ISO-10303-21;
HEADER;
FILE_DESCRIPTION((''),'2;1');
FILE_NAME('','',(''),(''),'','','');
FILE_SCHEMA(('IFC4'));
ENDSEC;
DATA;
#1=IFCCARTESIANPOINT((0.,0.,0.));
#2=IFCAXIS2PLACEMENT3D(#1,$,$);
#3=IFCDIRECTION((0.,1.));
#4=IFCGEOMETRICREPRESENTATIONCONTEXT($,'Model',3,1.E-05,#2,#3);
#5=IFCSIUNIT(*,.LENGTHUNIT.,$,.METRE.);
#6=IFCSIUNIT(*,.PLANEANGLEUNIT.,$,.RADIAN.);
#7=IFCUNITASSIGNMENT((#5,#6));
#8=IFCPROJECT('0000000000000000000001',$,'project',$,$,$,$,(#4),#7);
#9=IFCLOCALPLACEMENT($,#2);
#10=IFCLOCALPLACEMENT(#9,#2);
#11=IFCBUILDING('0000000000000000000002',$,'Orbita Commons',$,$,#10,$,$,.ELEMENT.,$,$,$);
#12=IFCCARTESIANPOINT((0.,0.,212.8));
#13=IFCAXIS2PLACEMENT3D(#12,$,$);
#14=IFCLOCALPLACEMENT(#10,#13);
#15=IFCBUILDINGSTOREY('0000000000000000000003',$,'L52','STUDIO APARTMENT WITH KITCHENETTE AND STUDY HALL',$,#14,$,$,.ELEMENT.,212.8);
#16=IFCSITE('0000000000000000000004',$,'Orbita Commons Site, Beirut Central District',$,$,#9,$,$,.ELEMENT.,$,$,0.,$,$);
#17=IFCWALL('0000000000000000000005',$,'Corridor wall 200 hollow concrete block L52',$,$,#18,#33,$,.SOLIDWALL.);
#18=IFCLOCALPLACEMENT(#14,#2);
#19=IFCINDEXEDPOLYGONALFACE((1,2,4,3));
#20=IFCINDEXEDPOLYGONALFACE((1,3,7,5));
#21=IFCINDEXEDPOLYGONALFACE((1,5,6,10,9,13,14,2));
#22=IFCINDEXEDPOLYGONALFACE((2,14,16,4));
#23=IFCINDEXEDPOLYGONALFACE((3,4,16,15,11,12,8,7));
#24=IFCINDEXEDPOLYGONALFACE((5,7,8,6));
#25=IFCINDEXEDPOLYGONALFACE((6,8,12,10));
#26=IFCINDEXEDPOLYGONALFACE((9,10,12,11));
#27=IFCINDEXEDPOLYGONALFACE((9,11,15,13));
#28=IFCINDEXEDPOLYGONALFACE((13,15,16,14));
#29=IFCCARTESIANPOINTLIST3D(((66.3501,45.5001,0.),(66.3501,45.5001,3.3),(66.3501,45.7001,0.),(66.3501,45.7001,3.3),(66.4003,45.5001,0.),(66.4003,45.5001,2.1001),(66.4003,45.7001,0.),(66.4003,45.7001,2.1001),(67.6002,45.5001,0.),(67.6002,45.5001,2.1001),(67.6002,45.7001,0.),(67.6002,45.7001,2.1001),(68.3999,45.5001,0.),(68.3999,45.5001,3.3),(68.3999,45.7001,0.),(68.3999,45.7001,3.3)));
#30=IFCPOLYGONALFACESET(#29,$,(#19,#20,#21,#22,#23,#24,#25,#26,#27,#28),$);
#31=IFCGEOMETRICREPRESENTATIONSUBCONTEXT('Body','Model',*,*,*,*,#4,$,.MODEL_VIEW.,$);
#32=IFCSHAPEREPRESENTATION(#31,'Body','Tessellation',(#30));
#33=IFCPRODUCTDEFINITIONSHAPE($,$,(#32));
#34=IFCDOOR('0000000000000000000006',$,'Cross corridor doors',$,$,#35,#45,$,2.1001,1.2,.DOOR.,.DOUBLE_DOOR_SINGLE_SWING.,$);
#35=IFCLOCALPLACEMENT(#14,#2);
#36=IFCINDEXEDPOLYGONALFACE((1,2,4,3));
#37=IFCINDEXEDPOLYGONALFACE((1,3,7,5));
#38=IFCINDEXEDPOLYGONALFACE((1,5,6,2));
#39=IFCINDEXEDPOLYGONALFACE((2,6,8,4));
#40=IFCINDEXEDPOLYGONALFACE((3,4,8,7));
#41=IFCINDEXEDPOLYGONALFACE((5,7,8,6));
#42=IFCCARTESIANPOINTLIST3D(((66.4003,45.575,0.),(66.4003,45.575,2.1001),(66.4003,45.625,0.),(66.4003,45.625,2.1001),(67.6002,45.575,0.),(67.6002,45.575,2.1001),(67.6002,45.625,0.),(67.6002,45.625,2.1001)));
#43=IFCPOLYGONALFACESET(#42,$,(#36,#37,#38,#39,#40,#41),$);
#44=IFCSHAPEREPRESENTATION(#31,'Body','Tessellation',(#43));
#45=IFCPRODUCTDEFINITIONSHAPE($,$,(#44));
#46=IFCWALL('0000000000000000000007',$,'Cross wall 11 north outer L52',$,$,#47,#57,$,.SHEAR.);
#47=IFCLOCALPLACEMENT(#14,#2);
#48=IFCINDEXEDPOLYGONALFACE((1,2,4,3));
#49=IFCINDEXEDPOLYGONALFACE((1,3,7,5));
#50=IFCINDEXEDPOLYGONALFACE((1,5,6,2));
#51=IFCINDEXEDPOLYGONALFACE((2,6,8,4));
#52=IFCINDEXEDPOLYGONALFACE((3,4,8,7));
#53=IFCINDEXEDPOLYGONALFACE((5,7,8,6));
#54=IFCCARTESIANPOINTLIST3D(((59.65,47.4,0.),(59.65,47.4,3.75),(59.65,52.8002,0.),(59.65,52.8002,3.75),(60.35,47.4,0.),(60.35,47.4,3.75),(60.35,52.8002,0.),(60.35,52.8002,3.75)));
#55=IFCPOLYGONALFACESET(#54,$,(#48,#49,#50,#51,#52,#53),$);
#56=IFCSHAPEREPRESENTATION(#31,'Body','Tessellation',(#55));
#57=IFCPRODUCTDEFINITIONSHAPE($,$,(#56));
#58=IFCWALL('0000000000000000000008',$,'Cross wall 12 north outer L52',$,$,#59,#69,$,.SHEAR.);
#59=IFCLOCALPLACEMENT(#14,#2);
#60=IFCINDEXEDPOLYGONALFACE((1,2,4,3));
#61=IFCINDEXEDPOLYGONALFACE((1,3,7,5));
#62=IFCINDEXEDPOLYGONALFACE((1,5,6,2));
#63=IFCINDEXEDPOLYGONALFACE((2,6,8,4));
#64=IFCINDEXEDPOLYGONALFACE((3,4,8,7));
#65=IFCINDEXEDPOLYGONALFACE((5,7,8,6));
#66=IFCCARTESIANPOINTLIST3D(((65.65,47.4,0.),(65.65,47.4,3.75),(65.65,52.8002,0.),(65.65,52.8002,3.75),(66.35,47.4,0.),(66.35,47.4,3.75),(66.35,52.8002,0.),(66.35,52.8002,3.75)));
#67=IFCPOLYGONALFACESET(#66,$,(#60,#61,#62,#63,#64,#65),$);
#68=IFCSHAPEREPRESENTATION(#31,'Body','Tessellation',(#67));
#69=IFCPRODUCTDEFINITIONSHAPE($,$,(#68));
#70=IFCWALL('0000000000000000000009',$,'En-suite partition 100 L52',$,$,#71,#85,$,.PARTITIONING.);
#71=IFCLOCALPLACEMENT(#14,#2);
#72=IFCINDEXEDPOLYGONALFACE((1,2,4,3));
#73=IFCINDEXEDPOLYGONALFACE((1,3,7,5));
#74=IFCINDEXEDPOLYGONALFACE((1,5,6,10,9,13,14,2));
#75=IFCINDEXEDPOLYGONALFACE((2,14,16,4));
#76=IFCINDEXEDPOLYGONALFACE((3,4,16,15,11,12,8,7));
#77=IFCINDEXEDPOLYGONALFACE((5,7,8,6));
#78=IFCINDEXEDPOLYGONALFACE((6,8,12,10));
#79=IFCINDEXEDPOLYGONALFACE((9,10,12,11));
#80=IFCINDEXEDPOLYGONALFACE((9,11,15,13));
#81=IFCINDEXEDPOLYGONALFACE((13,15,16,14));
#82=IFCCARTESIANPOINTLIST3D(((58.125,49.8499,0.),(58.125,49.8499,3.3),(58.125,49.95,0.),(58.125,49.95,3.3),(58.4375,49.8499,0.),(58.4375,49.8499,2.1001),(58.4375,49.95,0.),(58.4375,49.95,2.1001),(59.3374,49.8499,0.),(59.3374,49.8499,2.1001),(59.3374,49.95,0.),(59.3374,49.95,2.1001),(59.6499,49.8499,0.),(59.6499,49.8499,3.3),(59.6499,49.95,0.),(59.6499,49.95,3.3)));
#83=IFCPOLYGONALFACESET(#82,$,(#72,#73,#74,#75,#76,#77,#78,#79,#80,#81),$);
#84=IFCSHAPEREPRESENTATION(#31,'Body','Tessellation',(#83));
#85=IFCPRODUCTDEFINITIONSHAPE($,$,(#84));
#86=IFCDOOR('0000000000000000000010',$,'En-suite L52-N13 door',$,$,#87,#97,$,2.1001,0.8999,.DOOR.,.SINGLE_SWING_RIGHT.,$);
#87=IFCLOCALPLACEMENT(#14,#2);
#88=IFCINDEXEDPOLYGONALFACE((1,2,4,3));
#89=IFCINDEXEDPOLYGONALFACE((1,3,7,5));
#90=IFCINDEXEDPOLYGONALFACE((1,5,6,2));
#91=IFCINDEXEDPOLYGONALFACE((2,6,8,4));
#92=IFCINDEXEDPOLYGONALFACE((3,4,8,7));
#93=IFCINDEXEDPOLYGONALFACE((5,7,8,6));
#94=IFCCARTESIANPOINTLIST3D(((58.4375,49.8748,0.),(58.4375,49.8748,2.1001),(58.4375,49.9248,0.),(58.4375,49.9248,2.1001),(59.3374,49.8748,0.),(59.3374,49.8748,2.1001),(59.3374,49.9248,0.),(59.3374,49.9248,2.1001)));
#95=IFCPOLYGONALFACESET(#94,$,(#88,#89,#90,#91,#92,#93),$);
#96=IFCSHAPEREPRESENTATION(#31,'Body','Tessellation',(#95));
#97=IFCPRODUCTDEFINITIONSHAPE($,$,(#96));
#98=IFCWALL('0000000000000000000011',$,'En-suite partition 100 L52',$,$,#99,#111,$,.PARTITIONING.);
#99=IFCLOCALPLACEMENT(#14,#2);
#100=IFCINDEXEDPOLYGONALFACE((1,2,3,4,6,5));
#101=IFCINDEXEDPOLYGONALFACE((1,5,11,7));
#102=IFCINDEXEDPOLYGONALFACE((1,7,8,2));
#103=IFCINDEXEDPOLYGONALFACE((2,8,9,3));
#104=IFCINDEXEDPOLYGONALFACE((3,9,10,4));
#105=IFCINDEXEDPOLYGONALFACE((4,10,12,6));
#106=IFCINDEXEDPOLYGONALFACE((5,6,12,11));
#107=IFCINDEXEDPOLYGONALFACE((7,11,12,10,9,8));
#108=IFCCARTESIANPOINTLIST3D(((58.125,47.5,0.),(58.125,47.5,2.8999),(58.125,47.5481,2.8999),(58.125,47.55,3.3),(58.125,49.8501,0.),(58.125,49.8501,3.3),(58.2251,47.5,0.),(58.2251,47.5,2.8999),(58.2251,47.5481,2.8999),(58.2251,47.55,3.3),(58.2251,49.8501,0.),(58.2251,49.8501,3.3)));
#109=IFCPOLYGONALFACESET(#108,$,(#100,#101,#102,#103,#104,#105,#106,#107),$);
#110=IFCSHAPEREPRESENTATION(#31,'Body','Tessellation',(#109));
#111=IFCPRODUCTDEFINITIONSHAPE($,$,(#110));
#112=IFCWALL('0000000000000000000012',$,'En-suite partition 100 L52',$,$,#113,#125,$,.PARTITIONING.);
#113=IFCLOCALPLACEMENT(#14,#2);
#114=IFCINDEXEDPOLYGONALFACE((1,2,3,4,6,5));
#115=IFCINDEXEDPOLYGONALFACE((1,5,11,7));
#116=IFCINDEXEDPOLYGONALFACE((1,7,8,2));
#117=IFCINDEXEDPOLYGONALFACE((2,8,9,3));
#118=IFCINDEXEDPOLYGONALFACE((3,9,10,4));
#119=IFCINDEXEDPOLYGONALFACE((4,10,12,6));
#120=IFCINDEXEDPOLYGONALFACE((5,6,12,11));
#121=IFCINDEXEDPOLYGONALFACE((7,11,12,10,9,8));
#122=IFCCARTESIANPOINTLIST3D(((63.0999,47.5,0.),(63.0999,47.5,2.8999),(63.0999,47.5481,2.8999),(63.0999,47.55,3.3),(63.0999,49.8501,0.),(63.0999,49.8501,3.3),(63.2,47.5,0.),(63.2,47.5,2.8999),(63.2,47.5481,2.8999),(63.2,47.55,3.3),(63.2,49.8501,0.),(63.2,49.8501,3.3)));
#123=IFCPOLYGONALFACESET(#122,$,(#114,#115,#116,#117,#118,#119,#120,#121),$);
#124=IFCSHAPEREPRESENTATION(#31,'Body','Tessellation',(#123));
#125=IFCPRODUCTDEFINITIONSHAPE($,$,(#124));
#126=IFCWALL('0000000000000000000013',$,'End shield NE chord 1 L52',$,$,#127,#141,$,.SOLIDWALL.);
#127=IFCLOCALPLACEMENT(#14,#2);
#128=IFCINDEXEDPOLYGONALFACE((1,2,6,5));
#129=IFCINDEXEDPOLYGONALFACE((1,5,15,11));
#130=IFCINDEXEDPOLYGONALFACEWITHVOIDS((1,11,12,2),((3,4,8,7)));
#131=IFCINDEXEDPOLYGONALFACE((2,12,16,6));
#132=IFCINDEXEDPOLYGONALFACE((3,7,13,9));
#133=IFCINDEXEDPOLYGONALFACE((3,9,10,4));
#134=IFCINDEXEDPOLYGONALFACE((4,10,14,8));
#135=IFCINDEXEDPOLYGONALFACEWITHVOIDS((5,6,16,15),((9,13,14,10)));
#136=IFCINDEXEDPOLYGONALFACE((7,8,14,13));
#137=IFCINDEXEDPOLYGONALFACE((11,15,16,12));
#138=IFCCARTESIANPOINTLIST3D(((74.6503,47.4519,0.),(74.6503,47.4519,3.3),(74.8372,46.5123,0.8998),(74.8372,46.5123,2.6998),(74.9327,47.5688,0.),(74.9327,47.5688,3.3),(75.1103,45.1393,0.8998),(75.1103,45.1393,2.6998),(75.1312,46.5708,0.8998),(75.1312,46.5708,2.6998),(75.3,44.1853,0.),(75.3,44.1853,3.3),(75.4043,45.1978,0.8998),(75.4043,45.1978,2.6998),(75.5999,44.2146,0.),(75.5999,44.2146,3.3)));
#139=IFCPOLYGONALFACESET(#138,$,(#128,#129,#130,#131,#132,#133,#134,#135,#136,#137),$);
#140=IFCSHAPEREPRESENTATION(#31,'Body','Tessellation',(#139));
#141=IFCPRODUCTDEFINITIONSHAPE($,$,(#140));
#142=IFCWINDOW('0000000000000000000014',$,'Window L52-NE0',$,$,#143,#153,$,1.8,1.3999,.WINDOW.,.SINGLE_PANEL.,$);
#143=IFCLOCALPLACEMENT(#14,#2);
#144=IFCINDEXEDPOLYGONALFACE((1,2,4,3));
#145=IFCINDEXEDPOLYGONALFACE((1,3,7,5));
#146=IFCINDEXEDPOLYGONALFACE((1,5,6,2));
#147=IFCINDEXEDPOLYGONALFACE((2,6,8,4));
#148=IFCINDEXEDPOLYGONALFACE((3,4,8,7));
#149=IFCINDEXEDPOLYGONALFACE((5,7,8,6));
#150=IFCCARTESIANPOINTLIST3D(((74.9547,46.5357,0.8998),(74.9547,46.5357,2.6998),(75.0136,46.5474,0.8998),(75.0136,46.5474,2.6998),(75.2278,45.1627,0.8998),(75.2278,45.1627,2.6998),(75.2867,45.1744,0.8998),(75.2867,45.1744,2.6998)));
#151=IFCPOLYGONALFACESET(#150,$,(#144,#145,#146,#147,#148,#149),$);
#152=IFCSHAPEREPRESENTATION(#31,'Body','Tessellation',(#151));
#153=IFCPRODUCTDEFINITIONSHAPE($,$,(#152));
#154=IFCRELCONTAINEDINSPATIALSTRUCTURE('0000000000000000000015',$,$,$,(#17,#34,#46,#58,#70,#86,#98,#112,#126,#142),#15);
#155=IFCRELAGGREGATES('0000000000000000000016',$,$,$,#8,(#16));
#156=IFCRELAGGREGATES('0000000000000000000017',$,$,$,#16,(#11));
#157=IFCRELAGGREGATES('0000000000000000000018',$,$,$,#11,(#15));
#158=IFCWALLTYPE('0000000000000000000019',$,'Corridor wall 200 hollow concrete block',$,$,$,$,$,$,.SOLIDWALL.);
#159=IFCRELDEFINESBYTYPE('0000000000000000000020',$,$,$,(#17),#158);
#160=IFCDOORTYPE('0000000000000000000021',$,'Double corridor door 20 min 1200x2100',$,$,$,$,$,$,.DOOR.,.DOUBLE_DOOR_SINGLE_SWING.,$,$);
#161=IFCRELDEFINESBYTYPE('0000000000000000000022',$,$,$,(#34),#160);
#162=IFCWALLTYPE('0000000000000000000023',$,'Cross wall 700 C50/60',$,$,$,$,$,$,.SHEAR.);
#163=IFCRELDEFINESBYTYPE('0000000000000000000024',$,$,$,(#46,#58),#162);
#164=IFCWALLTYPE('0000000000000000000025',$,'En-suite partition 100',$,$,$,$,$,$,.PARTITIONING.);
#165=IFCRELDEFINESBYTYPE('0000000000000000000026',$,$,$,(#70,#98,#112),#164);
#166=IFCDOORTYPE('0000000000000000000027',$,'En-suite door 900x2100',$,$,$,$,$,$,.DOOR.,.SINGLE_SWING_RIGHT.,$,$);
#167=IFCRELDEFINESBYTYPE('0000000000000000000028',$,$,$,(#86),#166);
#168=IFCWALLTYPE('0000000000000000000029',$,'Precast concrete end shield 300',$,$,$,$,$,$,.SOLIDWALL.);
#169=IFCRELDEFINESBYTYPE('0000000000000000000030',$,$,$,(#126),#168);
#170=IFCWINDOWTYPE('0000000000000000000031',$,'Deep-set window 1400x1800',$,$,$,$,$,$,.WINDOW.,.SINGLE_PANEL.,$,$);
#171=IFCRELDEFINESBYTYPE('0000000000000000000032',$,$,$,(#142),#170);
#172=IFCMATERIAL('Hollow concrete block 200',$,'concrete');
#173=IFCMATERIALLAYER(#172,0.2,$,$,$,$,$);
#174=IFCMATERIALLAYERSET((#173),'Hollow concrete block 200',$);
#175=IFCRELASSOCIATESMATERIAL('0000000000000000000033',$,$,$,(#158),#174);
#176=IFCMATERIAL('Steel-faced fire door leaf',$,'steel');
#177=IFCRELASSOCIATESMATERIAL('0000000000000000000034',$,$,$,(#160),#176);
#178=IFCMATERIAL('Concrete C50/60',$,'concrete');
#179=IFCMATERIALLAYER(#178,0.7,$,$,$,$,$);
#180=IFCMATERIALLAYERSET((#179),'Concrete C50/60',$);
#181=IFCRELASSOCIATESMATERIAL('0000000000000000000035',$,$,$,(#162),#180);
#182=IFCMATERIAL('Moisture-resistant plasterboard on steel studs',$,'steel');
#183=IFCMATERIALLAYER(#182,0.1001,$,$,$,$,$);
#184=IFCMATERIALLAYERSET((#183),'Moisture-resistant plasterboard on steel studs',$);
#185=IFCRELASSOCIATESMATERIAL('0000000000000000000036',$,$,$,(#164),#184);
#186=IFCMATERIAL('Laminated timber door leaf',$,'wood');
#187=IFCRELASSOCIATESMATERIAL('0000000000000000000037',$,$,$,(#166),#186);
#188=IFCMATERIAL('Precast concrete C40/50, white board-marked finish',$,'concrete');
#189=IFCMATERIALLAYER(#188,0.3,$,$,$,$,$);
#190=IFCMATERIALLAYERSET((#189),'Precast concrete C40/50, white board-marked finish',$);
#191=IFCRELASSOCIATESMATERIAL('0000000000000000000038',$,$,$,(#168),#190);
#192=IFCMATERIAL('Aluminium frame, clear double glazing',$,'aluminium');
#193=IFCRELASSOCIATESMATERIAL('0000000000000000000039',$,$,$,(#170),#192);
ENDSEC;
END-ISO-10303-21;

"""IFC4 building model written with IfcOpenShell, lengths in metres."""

from ifc_helpers import new_model, si_unit, direction, frame, frame_2d, origin, place, context, subcontext, project, spatial, polyline, rectangle, outline, extrude, material, layer, layer_set, type_object, element, fill, save


model = new_model("IFC4")

# Units and contexts
model_context = context("Model", 3, precision=1e-05, world=origin(), true_north=direction((0.0, 1.0)))
body_context = subcontext(model_context, "Body", "Model", "MODEL_VIEW")
ifc_project = project(units=[si_unit("LENGTHUNIT", "METRE"), si_unit("PLANEANGLEUNIT", "RADIAN")], contexts=[model_context])

# Site, building, storey
site_placement = place(None, origin())
site = spatial("IfcSite", under=ifc_project, at=site_placement, Name="Orbita Commons Site, Beirut Central District", CompositionType="ELEMENT", RefElevation=0.0)
building_placement = place(site_placement, origin())
building = spatial("IfcBuilding", under=site, at=building_placement, Name="Orbita Commons", CompositionType="ELEMENT")
storey_placement = place(building_placement, frame((0.0, 0.0, 212.8)))
storey = spatial("IfcBuildingStorey", under=building, at=storey_placement, Name="L52", Description="STUDIO APARTMENT WITH KITCHENETTE AND STUDY HALL", CompositionType="ELEMENT", Elevation=212.8)

# Shared definitions
ifc_material_1 = material(Name="Hollow concrete block 200", Category="concrete")
ifc_layer_1 = layer(ifc_material_1, 0.2)
ifc_layer_set_1 = layer_set([ifc_layer_1], Name="Hollow concrete block 200")
wall_type_1 = type_object("IfcWallType", Name="Corridor wall 200 hollow concrete block", PredefinedType="SOLIDWALL", material=ifc_layer_set_1)

# Wall, opening, door
wall_1_placement = place(storey_placement, frame((66.3501, 45.6001, 0.0), z_axis=(0.0, 0.0, 1.0), x_axis=(1.0, 0.0, 0.0)))
wall_1 = element("IfcWall", 1, at=wall_1_placement, inside=storey, type_object=wall_type_1, Name="Corridor wall 200 hollow concrete block L52", PredefinedType="SOLIDWALL", context=body_context, shape_type="SweptSolid", body=[
    extrude(rectangle(XDim=2.0498, YDim=0.2, at=frame_2d((1.0249, 0.0))), origin(), (0.0, 0.0, 1.0), 3.3),
])
opening_1_placement = place(wall_1_placement, frame((0.05, 0.0, 0.0)))
opening_1 = element("IfcOpeningElement", 2, at=opening_1_placement, cuts=wall_1, PredefinedType="OPENING", context=body_context, shape_type="SweptSolid", body=[
    extrude(rectangle(XDim=1.2, YDim=2.1001, at=frame_2d((0.6001, 1.05))), frame((0.0, 0.1099, 0.0), z_axis=(0.0, -1.0, 0.0), x_axis=(1.0, 0.0, 0.0)), (0.0, 0.0, 1.0), 0.22),
])
ifc_material_2 = material(Name="Steel-faced fire door leaf", Category="steel")
door_type_1 = type_object("IfcDoorType", Name="Double corridor door 20 min 1200x2100", OperationType="DOUBLE_DOOR_SINGLE_SWING", PredefinedType="DOOR", material=ifc_material_2)
door_1_placement = place(opening_1_placement, origin())
door_1 = element("IfcDoor", 3, at=door_1_placement, inside=storey, type_object=door_type_1, Name="Cross corridor doors", OperationType="DOUBLE_DOOR_SINGLE_SWING", OverallHeight=2.1001, OverallWidth=1.2, PredefinedType="DOOR", context=body_context, shape_type="SweptSolid", body=[
    extrude(rectangle(XDim=1.2, YDim=2.1001, at=frame_2d((0.6001, 1.05))), frame((0.0, 0.0249, 0.0), z_axis=(0.0, -1.0, 0.0), x_axis=(1.0, 0.0, 0.0)), (0.0, 0.0, 1.0), 0.05),
])
fill(opening_1, door_1)

# Walls
ifc_material_3 = material(Name="Concrete C50/60", Category="concrete")
ifc_layer_2 = layer(ifc_material_3, 0.7)
ifc_layer_set_2 = layer_set([ifc_layer_2], Name="Concrete C50/60")
wall_type_2 = type_object("IfcWallType", Name="Cross wall 700 C50/60", PredefinedType="SHEAR", material=ifc_layer_set_2)
for number, where, z_axis, x_axis, name in (
    (4, (60.0, 47.3999, 0.0), (0.0, 0.0, 1.0), (0.0, 1.0, 0.0), "Cross wall 11 north outer L52"),
    (5, (66.0, 47.3999, 0.0), (0.0, 0.0, 1.0), (0.0, 1.0, 0.0), "Cross wall 12 north outer L52"),
):
    element("IfcWall", number, at=place(storey_placement, frame(where, z_axis=z_axis, x_axis=x_axis)), inside=storey, type_object=wall_type_2, Name=name, PredefinedType="SHEAR", context=body_context, shape_type="SweptSolid", body=[
        extrude(rectangle(XDim=5.4001, YDim=0.7, at=frame_2d((2.7002, 0.0))), origin(), (0.0, 0.0, 1.0), 3.75),
    ])

# Wall, opening, door
ifc_material_4 = material(Name="Moisture-resistant plasterboard on steel studs", Category="steel")
ifc_layer_3 = layer(ifc_material_4, 0.1001)
ifc_layer_set_3 = layer_set([ifc_layer_3], Name="Moisture-resistant plasterboard on steel studs")
wall_type_3 = type_object("IfcWallType", Name="En-suite partition 100", PredefinedType="PARTITIONING", material=ifc_layer_set_3)
wall_2_placement = place(storey_placement, frame((58.125, 49.8999, 0.0), z_axis=(0.0, 0.0, 1.0), x_axis=(1.0, 0.0, 0.0)))
wall_2 = element("IfcWall", 6, at=wall_2_placement, inside=storey, type_object=wall_type_3, Name="En-suite partition 100 L52", PredefinedType="PARTITIONING", context=body_context, shape_type="SweptSolid", body=[
    extrude(rectangle(XDim=1.5249, YDim=0.1001, at=frame_2d((0.7625, 0.0))), origin(), (0.0, 0.0, 1.0), 3.3),
])
opening_2_placement = place(wall_2_placement, frame((0.3125, 0.0, 0.0)))
opening_2 = element("IfcOpeningElement", 7, at=opening_2_placement, cuts=wall_2, PredefinedType="OPENING", context=body_context, shape_type="SweptSolid", body=[
    extrude(rectangle(XDim=0.8999, YDim=2.1001, at=frame_2d((0.45, 1.05))), frame((0.0, 0.0601, 0.0), z_axis=(0.0, -1.0, 0.0), x_axis=(1.0, 0.0, 0.0)), (0.0, 0.0, 1.0), 0.1201),
])
ifc_material_5 = material(Name="Laminated timber door leaf", Category="wood")
door_type_2 = type_object("IfcDoorType", Name="En-suite door 900x2100", OperationType="SINGLE_SWING_RIGHT", PredefinedType="DOOR", material=ifc_material_5)
door_2_placement = place(opening_2_placement, origin())
door_2 = element("IfcDoor", 8, at=door_2_placement, inside=storey, type_object=door_type_2, Name="En-suite L52-N13 door", OperationType="SINGLE_SWING_RIGHT", OverallHeight=2.1001, OverallWidth=0.8999, PredefinedType="DOOR", context=body_context, shape_type="SweptSolid", body=[
    extrude(rectangle(XDim=0.8999, YDim=2.1001, at=frame_2d((0.45, 1.05))), frame((0.0, 0.0249, 0.0), z_axis=(0.0, -1.0, 0.0), x_axis=(1.0, 0.0, 0.0)), (0.0, 0.0, 1.0), 0.05),
])
fill(opening_2, door_2)

# Walls
for number, where, z_axis, x_axis, name in (
    (9, (58.175, 49.8501, 0.0), (0.0, 0.0, 1.0), (0.0, -1.0, 0.0), "En-suite partition 100 L52"),
    (10, (63.1499, 49.8501, 0.0), (0.0, 0.0, 1.0), (0.0, -1.0, 0.0), "En-suite partition 100 L52"),
):
    element("IfcWall", number, at=place(storey_placement, frame(where, z_axis=z_axis, x_axis=x_axis)), inside=storey, type_object=wall_type_3, Name=name, PredefinedType="PARTITIONING", context=body_context, shape_type="SweptSolid", body=[
        extrude(outline(polyline([(0.0, 0.0), (2.3501, 0.0), (2.3501, 2.8999), (2.302, 2.8999), (2.3, 3.3), (0.0, 3.3), (0.0, 0.0)])), frame((0.0, 0.05, 0.0), z_axis=(0.0, -1.0, 0.0), x_axis=(1.0, 0.0, 0.0)), (0.0, 0.0, 1.0), 0.1001),
    ])

# Wall, opening, window
ifc_material_6 = material(Name="Precast concrete C40/50, white board-marked finish", Category="concrete")
ifc_layer_4 = layer(ifc_material_6, 0.3)
ifc_layer_set_4 = layer_set([ifc_layer_4], Name="Precast concrete C40/50, white board-marked finish")
wall_type_4 = type_object("IfcWallType", Name="Precast concrete end shield 300", PredefinedType="SOLIDWALL", material=ifc_layer_set_4)
wall_3_placement = place(storey_placement, frame((75.45, 44.2, 0.0), z_axis=(0.0, 0.0, 1.0), x_axis=(-0.195087, 0.980786, 0.0)))
wall_3 = element("IfcWall", 11, at=wall_3_placement, inside=storey, type_object=wall_type_4, Name="End shield NE chord 1 L52", PredefinedType="SOLIDWALL", context=body_context, shape_type="SweptSolid", body=[
    extrude(outline(polyline([(-0.0149, -0.1499), (3.405, -0.1499), (3.3455, 0.1499), (0.0149, 0.1499), (-0.0149, -0.1499)])), origin(), (0.0, 0.0, 1.0), 3.3),
])
opening_3_placement = place(wall_3_placement, frame((0.9875, 0.0, 0.8999)))
opening_3 = element("IfcOpeningElement", 12, at=opening_3_placement, cuts=wall_3, PredefinedType="OPENING", context=body_context, shape_type="SweptSolid", body=[
    extrude(rectangle(XDim=1.3999, YDim=1.8, at=frame_2d((0.7, 0.8999))), frame((0.0, 0.1599, 0.0), z_axis=(0.0, -1.0, 0.0), x_axis=(1.0, 0.0, 0.0)), (0.0, 0.0, 1.0), 0.3201),
])
ifc_material_7 = material(Name="Aluminium frame, clear double glazing", Category="aluminium")
window_type = type_object("IfcWindowType", Name="Deep-set window 1400x1800", PartitioningType="SINGLE_PANEL", PredefinedType="WINDOW", material=ifc_material_7)
window_1_placement = place(opening_3_placement, origin())
window_1 = element("IfcWindow", 13, at=window_1_placement, inside=storey, type_object=window_type, Name="Window L52-NE0", OverallHeight=1.8, OverallWidth=1.3999, PartitioningType="SINGLE_PANEL", PredefinedType="WINDOW", context=body_context, shape_type="SweptSolid", body=[
    extrude(rectangle(XDim=1.3999, YDim=1.8, at=frame_2d((0.7, 0.8999))), frame((0.0, 0.03, 0.0), z_axis=(0.0, -1.0, 0.0), x_axis=(1.0, 0.0, 0.0)), (0.0, 0.0, 1.0), 0.0601),
])
fill(opening_3, window_1)

save(model, "model.ifc")
